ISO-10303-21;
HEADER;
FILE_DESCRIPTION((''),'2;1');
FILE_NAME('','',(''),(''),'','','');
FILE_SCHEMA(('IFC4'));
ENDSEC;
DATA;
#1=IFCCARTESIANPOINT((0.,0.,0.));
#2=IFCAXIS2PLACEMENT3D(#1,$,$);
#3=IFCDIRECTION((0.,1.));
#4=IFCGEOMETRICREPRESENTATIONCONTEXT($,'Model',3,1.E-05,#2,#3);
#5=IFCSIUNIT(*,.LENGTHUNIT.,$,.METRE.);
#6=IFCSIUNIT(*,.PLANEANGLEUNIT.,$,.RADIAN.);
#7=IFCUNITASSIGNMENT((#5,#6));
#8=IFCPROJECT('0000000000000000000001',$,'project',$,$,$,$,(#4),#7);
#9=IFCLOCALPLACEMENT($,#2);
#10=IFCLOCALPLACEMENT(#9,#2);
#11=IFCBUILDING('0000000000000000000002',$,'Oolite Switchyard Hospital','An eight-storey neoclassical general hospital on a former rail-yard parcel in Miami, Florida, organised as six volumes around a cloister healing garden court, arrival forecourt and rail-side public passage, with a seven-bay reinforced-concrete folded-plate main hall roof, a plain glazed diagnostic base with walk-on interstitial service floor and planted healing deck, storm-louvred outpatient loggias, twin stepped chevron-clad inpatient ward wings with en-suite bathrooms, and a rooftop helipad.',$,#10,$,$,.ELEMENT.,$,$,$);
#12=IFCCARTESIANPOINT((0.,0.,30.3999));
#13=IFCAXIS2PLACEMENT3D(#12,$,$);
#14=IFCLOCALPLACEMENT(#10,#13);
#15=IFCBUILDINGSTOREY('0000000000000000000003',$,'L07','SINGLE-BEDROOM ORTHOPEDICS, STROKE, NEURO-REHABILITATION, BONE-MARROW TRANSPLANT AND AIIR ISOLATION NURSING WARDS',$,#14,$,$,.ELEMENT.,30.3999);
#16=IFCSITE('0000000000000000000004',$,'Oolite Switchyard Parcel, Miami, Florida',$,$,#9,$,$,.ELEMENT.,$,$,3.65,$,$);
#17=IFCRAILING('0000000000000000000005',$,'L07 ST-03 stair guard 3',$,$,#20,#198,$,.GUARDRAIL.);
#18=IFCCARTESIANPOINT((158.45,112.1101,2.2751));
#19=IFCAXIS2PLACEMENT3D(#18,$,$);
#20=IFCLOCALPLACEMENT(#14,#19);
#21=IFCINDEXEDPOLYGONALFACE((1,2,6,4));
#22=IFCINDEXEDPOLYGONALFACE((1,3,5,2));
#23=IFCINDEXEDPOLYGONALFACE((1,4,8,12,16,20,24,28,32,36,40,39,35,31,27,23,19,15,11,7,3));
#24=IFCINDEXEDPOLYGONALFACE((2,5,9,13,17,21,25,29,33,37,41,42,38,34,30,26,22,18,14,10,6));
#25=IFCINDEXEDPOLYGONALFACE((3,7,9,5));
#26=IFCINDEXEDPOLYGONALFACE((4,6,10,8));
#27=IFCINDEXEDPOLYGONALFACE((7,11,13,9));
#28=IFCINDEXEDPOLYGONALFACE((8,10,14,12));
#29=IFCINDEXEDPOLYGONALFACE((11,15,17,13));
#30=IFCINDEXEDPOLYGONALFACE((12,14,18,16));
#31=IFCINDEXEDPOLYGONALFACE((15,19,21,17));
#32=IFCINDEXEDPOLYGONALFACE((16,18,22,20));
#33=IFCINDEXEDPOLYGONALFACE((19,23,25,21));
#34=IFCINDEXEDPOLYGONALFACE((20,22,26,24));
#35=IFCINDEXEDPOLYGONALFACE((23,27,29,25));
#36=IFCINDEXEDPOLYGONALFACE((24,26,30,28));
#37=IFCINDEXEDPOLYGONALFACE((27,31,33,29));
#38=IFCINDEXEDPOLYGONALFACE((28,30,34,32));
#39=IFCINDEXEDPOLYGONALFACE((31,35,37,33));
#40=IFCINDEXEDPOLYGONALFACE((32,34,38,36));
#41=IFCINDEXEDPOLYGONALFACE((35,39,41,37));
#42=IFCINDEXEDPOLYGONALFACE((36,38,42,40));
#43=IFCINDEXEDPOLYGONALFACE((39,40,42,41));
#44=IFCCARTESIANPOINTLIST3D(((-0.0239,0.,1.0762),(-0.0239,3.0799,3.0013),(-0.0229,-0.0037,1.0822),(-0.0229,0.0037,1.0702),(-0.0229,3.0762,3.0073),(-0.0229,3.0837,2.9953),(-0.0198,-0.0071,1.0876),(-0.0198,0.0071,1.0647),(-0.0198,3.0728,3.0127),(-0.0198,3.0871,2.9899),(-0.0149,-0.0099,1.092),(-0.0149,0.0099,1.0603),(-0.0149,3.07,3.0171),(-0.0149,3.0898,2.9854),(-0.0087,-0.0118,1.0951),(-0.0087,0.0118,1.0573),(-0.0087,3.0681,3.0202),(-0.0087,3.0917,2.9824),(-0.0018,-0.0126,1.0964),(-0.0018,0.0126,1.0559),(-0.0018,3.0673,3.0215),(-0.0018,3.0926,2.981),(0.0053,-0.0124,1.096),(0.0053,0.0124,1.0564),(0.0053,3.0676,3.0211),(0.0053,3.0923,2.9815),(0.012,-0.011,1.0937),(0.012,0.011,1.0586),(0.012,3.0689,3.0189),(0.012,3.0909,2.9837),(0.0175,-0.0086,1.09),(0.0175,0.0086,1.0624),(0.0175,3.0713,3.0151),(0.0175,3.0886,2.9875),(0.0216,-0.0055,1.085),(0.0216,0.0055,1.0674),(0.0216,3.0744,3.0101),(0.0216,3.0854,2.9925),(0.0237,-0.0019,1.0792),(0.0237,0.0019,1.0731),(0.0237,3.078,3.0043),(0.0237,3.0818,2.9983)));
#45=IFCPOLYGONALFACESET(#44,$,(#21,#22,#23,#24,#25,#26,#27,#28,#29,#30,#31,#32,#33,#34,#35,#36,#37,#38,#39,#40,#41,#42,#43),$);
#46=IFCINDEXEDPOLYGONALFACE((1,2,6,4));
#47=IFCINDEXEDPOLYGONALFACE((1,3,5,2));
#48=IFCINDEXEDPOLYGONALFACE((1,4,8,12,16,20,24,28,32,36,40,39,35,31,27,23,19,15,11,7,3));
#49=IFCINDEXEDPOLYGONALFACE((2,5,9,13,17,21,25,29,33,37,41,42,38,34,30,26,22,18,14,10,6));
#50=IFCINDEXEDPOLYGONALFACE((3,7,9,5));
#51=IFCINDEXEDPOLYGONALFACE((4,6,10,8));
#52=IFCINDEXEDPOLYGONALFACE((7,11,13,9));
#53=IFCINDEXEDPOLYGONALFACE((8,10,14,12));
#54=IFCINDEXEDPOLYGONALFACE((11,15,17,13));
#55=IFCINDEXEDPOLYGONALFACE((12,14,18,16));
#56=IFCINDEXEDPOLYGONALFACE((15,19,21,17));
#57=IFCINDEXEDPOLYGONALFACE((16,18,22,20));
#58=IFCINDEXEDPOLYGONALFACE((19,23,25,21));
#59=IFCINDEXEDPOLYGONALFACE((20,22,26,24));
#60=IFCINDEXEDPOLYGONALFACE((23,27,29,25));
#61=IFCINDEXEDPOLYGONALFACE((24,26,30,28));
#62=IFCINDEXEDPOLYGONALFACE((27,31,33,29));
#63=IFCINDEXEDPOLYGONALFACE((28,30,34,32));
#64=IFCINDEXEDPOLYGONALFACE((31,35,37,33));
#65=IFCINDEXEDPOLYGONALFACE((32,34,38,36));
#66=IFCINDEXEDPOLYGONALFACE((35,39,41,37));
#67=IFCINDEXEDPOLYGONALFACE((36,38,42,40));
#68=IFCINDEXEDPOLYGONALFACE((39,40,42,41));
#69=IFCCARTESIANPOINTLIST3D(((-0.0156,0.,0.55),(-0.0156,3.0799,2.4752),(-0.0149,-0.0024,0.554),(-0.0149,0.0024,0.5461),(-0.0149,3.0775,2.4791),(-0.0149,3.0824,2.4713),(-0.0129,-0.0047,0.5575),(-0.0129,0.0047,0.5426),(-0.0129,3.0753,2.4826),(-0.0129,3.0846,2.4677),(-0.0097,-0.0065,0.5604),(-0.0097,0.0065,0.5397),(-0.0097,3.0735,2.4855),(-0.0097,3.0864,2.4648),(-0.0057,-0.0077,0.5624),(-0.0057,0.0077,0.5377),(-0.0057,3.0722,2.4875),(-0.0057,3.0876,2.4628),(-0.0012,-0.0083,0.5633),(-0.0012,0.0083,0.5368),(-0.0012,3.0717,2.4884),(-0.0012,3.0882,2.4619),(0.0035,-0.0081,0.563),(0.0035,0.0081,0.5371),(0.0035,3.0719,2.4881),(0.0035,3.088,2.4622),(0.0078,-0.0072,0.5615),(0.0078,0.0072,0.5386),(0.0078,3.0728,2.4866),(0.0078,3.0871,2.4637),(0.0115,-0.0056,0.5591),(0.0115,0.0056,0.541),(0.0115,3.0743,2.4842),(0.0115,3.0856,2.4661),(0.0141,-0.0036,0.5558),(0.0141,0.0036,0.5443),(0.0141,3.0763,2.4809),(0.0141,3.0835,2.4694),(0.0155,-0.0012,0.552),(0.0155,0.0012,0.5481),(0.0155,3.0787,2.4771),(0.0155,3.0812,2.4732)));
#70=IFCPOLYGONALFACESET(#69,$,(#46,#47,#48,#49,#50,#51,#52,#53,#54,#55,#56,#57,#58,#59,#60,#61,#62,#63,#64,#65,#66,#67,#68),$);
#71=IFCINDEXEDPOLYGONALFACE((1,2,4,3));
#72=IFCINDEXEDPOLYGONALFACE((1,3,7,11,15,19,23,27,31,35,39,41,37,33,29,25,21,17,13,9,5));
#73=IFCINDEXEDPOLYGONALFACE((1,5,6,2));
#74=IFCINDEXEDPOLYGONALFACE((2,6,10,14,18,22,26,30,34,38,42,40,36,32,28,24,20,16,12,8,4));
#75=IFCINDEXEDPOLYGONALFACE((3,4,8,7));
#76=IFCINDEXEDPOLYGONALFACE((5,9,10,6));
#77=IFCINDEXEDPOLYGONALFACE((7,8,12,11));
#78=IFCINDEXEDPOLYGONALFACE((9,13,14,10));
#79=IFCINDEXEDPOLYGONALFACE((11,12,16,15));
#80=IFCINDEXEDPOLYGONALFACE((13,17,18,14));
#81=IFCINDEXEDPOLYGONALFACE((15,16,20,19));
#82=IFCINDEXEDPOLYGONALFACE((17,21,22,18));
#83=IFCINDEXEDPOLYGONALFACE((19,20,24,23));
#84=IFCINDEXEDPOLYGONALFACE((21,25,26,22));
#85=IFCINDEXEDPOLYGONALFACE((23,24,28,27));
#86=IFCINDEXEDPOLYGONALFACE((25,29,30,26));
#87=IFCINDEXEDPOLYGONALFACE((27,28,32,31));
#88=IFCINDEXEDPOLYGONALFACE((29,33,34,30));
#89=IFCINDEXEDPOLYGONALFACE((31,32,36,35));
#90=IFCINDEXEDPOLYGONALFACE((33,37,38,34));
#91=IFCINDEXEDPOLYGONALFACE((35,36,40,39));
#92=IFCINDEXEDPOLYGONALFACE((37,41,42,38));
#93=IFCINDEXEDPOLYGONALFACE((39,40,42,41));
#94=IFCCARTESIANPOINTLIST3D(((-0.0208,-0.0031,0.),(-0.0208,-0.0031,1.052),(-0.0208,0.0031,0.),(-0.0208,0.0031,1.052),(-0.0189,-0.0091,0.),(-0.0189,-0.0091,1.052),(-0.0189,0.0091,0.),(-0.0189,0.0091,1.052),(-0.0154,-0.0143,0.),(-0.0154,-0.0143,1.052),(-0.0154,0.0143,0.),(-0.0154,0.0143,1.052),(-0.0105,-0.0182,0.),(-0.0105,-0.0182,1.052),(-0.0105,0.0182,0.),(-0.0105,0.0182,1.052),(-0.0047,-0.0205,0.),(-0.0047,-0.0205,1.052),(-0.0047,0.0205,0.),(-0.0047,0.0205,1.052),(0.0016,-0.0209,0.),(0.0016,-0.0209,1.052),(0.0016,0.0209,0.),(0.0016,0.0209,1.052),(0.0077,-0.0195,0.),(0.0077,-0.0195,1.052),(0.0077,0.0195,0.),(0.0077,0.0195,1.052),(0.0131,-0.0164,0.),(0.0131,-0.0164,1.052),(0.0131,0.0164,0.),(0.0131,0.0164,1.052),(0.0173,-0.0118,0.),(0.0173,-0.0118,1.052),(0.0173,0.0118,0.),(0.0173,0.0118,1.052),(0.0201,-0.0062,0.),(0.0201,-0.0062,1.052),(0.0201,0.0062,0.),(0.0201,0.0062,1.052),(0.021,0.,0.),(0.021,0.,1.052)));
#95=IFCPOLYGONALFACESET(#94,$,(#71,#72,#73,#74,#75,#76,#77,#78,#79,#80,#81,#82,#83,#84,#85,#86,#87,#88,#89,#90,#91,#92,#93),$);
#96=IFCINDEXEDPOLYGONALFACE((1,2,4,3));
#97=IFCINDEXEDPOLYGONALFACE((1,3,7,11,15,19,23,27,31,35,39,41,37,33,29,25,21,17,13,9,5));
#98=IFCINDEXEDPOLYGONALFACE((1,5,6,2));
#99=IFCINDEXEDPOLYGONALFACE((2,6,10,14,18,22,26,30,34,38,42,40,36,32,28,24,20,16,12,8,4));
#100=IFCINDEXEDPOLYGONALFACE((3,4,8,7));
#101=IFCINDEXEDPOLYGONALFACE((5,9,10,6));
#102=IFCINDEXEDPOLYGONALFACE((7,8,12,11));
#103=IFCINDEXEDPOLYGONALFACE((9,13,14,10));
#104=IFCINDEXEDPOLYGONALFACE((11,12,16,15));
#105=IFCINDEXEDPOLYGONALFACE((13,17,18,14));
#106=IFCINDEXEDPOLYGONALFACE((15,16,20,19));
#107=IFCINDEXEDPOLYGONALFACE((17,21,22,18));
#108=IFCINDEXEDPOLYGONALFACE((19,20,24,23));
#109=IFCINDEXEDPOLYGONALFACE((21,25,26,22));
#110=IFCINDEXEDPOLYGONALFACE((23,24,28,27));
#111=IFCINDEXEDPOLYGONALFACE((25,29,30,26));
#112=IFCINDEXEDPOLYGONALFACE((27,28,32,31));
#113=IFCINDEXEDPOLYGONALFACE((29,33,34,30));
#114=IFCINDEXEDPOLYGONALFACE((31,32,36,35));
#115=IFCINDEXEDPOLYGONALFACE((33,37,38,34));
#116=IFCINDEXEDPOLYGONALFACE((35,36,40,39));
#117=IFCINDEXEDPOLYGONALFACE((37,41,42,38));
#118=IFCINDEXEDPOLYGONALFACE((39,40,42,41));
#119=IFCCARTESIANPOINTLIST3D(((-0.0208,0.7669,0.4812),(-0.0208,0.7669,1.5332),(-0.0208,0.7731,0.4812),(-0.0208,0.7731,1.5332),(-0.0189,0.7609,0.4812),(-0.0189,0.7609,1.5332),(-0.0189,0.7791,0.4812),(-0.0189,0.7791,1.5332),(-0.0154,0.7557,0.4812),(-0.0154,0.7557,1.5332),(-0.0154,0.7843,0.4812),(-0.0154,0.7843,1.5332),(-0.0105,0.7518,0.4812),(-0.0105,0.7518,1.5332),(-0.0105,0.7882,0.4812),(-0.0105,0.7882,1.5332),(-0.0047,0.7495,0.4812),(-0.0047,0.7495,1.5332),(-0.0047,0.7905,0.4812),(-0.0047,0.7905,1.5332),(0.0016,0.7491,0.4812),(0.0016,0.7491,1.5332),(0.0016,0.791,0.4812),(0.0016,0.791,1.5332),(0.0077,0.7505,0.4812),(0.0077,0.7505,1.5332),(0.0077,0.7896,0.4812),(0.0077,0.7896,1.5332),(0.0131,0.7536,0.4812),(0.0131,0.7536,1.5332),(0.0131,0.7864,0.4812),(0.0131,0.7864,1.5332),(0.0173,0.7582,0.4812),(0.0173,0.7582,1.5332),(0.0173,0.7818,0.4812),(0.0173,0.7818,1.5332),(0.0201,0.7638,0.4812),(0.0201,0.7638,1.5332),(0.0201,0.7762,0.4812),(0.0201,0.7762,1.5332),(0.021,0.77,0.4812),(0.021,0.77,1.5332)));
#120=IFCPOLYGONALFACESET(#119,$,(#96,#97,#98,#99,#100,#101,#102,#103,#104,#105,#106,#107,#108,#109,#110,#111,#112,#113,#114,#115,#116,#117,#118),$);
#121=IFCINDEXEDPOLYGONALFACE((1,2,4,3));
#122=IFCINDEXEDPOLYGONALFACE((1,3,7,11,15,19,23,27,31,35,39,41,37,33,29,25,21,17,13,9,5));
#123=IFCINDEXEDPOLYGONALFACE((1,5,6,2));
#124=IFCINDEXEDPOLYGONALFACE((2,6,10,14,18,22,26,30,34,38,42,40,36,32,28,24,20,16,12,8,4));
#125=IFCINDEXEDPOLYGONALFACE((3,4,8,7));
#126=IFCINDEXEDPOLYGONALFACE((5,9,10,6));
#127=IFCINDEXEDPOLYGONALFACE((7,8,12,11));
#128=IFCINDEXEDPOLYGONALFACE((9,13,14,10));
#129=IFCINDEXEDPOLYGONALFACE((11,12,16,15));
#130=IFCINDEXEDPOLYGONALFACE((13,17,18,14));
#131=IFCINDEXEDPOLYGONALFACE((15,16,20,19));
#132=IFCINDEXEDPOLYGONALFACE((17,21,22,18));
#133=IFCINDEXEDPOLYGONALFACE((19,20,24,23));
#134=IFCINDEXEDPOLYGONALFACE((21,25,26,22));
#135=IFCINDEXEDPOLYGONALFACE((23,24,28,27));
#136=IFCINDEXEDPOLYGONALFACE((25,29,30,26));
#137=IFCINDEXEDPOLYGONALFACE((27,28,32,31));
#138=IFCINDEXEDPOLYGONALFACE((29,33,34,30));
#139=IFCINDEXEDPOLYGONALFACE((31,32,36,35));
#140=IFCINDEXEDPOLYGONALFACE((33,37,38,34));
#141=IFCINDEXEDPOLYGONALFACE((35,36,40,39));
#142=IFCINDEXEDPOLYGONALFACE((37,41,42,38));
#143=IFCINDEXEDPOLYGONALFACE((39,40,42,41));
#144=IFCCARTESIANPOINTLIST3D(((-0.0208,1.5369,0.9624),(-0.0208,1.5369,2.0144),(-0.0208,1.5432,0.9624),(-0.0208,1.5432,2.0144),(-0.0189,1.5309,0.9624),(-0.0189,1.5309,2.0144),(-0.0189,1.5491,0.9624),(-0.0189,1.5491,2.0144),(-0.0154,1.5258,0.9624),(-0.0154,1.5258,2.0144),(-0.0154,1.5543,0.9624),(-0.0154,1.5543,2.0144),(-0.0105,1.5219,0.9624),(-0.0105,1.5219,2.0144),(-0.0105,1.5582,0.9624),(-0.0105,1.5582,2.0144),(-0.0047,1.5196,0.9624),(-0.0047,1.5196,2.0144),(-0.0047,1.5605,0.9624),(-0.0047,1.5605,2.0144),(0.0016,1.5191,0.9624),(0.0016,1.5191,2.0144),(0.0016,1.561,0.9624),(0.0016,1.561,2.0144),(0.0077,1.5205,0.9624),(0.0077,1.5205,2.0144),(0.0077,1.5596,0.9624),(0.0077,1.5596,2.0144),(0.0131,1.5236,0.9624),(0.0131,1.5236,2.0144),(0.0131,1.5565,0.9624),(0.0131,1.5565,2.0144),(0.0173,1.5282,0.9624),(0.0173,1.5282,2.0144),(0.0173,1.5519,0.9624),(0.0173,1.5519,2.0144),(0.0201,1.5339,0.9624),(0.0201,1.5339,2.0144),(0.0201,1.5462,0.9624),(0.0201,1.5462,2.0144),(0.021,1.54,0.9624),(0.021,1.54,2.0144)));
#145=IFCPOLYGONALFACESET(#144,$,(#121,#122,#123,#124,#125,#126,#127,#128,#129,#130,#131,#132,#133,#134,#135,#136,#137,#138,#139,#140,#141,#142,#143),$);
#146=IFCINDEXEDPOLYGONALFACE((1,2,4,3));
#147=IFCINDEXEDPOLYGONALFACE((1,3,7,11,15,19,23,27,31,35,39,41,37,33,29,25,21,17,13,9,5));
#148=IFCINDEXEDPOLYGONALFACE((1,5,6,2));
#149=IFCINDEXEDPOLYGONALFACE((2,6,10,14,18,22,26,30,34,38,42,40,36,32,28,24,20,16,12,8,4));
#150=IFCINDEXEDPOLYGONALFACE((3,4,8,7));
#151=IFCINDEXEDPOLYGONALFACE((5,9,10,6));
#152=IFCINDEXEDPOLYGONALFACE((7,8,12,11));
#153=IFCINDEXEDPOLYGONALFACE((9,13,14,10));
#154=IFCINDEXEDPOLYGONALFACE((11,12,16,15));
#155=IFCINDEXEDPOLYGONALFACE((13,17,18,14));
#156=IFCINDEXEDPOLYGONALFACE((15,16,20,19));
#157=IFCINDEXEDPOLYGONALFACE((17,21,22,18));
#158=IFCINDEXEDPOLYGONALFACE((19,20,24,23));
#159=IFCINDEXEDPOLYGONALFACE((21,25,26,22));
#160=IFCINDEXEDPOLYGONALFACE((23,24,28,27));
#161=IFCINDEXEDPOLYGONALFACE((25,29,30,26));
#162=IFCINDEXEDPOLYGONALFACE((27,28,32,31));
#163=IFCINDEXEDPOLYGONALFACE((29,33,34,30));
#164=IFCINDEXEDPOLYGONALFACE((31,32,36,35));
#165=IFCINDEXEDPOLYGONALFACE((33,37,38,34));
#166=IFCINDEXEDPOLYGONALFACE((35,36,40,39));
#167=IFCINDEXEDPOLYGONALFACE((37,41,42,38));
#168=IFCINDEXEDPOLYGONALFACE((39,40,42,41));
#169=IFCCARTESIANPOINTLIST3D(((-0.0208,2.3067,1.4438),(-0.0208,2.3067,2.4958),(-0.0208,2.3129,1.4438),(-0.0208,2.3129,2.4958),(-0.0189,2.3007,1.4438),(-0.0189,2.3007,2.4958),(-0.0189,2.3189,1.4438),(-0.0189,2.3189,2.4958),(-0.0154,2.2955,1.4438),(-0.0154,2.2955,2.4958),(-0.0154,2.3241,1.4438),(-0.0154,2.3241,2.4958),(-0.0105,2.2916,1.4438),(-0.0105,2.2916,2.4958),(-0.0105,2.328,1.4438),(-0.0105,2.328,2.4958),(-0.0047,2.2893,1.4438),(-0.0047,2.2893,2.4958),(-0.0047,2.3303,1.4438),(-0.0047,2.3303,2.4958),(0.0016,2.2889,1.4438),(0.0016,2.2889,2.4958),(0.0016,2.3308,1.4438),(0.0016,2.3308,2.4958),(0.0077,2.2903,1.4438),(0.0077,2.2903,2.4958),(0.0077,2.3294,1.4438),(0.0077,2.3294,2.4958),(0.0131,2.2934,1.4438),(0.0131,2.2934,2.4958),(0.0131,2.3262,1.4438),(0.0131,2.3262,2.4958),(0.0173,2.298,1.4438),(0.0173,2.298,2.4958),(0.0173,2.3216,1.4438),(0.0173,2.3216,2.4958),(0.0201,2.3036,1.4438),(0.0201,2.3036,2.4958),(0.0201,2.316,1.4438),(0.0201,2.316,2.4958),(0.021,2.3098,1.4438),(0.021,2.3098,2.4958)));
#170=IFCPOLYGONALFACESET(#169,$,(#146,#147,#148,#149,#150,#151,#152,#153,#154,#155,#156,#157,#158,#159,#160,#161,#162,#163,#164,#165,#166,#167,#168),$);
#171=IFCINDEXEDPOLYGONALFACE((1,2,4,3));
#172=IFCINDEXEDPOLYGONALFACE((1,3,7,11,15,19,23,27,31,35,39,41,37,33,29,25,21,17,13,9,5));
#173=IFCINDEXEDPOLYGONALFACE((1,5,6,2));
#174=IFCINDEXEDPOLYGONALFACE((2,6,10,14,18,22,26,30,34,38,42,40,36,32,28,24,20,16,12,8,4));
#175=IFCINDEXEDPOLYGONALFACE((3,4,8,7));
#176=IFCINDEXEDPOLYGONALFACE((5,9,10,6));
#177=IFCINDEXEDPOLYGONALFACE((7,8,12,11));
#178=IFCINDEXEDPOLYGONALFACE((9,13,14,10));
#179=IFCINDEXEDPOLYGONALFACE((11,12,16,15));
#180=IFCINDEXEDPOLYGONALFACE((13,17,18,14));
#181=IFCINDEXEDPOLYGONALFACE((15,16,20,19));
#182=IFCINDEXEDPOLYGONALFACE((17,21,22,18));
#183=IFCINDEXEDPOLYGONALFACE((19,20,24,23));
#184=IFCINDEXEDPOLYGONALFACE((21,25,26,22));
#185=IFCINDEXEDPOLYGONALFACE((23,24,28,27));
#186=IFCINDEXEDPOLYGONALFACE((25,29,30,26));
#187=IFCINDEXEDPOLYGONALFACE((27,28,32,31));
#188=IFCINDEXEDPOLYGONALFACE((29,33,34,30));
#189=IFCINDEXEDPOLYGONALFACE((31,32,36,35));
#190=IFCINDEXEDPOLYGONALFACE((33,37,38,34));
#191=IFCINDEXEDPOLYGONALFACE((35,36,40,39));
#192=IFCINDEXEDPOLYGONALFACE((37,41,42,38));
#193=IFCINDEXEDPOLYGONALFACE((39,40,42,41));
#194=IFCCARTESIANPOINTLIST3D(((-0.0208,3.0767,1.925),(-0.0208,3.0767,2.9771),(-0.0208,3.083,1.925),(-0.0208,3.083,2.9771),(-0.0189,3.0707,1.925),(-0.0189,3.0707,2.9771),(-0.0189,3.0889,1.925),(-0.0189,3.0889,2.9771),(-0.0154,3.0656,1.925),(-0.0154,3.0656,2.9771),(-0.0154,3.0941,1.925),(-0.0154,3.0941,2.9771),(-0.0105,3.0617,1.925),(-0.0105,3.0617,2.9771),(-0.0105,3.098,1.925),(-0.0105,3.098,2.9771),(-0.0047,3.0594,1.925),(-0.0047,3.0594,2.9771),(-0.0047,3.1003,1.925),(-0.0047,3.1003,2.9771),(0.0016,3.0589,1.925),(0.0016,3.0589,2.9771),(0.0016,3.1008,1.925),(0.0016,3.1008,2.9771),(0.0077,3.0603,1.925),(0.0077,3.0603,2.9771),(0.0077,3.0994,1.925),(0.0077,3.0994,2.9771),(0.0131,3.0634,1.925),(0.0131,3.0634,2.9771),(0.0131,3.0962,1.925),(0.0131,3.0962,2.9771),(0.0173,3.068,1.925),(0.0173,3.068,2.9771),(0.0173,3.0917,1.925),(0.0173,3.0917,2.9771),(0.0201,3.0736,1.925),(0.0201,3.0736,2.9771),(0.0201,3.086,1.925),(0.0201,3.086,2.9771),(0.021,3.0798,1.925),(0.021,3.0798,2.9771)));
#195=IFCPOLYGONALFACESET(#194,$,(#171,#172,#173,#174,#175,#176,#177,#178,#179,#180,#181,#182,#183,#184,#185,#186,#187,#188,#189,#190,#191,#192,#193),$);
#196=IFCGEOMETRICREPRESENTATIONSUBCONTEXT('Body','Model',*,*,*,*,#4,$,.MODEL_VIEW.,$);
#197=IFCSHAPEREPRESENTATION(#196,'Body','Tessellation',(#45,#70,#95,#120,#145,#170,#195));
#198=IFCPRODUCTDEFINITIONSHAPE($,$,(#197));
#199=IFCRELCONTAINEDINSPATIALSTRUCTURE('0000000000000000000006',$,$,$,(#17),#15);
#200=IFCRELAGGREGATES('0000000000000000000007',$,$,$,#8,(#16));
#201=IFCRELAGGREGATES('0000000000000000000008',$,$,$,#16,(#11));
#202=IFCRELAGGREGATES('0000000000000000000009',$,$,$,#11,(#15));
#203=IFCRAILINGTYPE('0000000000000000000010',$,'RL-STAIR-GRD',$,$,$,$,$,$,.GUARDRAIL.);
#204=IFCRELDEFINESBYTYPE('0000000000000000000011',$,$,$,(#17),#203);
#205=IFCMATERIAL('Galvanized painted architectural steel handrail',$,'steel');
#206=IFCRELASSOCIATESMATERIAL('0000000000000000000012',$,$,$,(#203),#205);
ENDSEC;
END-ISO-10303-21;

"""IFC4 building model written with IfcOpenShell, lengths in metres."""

from ifc_helpers import new_model, si_unit, direction, frame, origin, origin_2d, place, context, subcontext, project, spatial, circle, extrude, material, type_object, element, save


model = new_model("IFC4")

# Units and contexts
model_context = context("Model", 3, precision=1e-05, world=origin(), true_north=direction((0.0, 1.0)))
body_context = subcontext(model_context, "Body", "Model", "MODEL_VIEW")
ifc_project = project(units=[si_unit("LENGTHUNIT", "METRE"), si_unit("PLANEANGLEUNIT", "RADIAN")], contexts=[model_context])

# Site, building, storey
site_placement = place(None, origin())
site = spatial("IfcSite", under=ifc_project, at=site_placement, Name="Oolite Switchyard Parcel, Miami, Florida", CompositionType="ELEMENT", RefElevation=3.65)
building_placement = place(site_placement, origin())
building = spatial("IfcBuilding", under=site, at=building_placement, Name="Oolite Switchyard Hospital", Description="An eight-storey neoclassical general hospital on a former rail-yard parcel in Miami, Florida, organised as six volumes around a cloister healing garden court, arrival forecourt and rail-side public passage, with a seven-bay reinforced-concrete folded-plate main hall roof, a plain glazed diagnostic base with walk-on interstitial service floor and planted healing deck, storm-louvred outpatient loggias, twin stepped chevron-clad inpatient ward wings with en-suite bathrooms, and a rooftop helipad.", CompositionType="ELEMENT")
storey_placement = place(building_placement, frame((0.0, 0.0, 30.3999)))
storey = spatial("IfcBuildingStorey", under=building, at=storey_placement, Name="L07", Description="SINGLE-BEDROOM ORTHOPEDICS, STROKE, NEURO-REHABILITATION, BONE-MARROW TRANSPLANT AND AIIR ISOLATION NURSING WARDS", CompositionType="ELEMENT", Elevation=30.3999)

# Railing
ifc_material_1 = material(Name="Galvanized painted architectural steel handrail", Category="steel")
railing_type_1 = type_object("IfcRailingType", Name="RL-STAIR-GRD", PredefinedType="GUARDRAIL", material=ifc_material_1)
railing_1_placement = place(storey_placement, frame((158.45, 112.1101, 2.2751)))
element("IfcRailing", 1, at=railing_1_placement, inside=storey, type_object=railing_type_1, Name="L07 ST-03 stair guard 3", PredefinedType="GUARDRAIL", context=body_context, shape_type="SweptSolid", body=[
    extrude(circle(Radius=0.0239, at=origin_2d()), frame((0.0, 0.0, 1.0762), z_axis=(0.0, 0.847979, 0.530029), x_axis=(-1.0, 0.0, 0.0)), (0.0, 0.0, 1.0), 3.6321),
    extrude(circle(Radius=0.0156, at=origin_2d()), frame((0.0, 0.0, 0.55), z_axis=(0.0, 0.847979, 0.530029), x_axis=(-1.0, 0.0, 0.0)), (0.0, 0.0, 1.0), 3.6321),
    extrude(circle(Radius=0.021, at=origin_2d()), origin(), (0.0, 0.0, 1.0), 1.052),
    extrude(circle(Radius=0.021, at=origin_2d()), frame((0.0, 0.77, 0.4812)), (0.0, 0.0, 1.0), 1.052),
    extrude(circle(Radius=0.021, at=origin_2d()), frame((0.0, 1.54, 0.9624)), (0.0, 0.0, 1.0), 1.052),
    extrude(circle(Radius=0.021, at=origin_2d()), frame((0.0, 2.3098, 1.4438)), (0.0, 0.0, 1.0), 1.052),
    extrude(circle(Radius=0.021, at=origin_2d()), frame((0.0, 3.0798, 1.925)), (0.0, 0.0, 1.0), 1.052),
])

save(model, "model.ifc")
